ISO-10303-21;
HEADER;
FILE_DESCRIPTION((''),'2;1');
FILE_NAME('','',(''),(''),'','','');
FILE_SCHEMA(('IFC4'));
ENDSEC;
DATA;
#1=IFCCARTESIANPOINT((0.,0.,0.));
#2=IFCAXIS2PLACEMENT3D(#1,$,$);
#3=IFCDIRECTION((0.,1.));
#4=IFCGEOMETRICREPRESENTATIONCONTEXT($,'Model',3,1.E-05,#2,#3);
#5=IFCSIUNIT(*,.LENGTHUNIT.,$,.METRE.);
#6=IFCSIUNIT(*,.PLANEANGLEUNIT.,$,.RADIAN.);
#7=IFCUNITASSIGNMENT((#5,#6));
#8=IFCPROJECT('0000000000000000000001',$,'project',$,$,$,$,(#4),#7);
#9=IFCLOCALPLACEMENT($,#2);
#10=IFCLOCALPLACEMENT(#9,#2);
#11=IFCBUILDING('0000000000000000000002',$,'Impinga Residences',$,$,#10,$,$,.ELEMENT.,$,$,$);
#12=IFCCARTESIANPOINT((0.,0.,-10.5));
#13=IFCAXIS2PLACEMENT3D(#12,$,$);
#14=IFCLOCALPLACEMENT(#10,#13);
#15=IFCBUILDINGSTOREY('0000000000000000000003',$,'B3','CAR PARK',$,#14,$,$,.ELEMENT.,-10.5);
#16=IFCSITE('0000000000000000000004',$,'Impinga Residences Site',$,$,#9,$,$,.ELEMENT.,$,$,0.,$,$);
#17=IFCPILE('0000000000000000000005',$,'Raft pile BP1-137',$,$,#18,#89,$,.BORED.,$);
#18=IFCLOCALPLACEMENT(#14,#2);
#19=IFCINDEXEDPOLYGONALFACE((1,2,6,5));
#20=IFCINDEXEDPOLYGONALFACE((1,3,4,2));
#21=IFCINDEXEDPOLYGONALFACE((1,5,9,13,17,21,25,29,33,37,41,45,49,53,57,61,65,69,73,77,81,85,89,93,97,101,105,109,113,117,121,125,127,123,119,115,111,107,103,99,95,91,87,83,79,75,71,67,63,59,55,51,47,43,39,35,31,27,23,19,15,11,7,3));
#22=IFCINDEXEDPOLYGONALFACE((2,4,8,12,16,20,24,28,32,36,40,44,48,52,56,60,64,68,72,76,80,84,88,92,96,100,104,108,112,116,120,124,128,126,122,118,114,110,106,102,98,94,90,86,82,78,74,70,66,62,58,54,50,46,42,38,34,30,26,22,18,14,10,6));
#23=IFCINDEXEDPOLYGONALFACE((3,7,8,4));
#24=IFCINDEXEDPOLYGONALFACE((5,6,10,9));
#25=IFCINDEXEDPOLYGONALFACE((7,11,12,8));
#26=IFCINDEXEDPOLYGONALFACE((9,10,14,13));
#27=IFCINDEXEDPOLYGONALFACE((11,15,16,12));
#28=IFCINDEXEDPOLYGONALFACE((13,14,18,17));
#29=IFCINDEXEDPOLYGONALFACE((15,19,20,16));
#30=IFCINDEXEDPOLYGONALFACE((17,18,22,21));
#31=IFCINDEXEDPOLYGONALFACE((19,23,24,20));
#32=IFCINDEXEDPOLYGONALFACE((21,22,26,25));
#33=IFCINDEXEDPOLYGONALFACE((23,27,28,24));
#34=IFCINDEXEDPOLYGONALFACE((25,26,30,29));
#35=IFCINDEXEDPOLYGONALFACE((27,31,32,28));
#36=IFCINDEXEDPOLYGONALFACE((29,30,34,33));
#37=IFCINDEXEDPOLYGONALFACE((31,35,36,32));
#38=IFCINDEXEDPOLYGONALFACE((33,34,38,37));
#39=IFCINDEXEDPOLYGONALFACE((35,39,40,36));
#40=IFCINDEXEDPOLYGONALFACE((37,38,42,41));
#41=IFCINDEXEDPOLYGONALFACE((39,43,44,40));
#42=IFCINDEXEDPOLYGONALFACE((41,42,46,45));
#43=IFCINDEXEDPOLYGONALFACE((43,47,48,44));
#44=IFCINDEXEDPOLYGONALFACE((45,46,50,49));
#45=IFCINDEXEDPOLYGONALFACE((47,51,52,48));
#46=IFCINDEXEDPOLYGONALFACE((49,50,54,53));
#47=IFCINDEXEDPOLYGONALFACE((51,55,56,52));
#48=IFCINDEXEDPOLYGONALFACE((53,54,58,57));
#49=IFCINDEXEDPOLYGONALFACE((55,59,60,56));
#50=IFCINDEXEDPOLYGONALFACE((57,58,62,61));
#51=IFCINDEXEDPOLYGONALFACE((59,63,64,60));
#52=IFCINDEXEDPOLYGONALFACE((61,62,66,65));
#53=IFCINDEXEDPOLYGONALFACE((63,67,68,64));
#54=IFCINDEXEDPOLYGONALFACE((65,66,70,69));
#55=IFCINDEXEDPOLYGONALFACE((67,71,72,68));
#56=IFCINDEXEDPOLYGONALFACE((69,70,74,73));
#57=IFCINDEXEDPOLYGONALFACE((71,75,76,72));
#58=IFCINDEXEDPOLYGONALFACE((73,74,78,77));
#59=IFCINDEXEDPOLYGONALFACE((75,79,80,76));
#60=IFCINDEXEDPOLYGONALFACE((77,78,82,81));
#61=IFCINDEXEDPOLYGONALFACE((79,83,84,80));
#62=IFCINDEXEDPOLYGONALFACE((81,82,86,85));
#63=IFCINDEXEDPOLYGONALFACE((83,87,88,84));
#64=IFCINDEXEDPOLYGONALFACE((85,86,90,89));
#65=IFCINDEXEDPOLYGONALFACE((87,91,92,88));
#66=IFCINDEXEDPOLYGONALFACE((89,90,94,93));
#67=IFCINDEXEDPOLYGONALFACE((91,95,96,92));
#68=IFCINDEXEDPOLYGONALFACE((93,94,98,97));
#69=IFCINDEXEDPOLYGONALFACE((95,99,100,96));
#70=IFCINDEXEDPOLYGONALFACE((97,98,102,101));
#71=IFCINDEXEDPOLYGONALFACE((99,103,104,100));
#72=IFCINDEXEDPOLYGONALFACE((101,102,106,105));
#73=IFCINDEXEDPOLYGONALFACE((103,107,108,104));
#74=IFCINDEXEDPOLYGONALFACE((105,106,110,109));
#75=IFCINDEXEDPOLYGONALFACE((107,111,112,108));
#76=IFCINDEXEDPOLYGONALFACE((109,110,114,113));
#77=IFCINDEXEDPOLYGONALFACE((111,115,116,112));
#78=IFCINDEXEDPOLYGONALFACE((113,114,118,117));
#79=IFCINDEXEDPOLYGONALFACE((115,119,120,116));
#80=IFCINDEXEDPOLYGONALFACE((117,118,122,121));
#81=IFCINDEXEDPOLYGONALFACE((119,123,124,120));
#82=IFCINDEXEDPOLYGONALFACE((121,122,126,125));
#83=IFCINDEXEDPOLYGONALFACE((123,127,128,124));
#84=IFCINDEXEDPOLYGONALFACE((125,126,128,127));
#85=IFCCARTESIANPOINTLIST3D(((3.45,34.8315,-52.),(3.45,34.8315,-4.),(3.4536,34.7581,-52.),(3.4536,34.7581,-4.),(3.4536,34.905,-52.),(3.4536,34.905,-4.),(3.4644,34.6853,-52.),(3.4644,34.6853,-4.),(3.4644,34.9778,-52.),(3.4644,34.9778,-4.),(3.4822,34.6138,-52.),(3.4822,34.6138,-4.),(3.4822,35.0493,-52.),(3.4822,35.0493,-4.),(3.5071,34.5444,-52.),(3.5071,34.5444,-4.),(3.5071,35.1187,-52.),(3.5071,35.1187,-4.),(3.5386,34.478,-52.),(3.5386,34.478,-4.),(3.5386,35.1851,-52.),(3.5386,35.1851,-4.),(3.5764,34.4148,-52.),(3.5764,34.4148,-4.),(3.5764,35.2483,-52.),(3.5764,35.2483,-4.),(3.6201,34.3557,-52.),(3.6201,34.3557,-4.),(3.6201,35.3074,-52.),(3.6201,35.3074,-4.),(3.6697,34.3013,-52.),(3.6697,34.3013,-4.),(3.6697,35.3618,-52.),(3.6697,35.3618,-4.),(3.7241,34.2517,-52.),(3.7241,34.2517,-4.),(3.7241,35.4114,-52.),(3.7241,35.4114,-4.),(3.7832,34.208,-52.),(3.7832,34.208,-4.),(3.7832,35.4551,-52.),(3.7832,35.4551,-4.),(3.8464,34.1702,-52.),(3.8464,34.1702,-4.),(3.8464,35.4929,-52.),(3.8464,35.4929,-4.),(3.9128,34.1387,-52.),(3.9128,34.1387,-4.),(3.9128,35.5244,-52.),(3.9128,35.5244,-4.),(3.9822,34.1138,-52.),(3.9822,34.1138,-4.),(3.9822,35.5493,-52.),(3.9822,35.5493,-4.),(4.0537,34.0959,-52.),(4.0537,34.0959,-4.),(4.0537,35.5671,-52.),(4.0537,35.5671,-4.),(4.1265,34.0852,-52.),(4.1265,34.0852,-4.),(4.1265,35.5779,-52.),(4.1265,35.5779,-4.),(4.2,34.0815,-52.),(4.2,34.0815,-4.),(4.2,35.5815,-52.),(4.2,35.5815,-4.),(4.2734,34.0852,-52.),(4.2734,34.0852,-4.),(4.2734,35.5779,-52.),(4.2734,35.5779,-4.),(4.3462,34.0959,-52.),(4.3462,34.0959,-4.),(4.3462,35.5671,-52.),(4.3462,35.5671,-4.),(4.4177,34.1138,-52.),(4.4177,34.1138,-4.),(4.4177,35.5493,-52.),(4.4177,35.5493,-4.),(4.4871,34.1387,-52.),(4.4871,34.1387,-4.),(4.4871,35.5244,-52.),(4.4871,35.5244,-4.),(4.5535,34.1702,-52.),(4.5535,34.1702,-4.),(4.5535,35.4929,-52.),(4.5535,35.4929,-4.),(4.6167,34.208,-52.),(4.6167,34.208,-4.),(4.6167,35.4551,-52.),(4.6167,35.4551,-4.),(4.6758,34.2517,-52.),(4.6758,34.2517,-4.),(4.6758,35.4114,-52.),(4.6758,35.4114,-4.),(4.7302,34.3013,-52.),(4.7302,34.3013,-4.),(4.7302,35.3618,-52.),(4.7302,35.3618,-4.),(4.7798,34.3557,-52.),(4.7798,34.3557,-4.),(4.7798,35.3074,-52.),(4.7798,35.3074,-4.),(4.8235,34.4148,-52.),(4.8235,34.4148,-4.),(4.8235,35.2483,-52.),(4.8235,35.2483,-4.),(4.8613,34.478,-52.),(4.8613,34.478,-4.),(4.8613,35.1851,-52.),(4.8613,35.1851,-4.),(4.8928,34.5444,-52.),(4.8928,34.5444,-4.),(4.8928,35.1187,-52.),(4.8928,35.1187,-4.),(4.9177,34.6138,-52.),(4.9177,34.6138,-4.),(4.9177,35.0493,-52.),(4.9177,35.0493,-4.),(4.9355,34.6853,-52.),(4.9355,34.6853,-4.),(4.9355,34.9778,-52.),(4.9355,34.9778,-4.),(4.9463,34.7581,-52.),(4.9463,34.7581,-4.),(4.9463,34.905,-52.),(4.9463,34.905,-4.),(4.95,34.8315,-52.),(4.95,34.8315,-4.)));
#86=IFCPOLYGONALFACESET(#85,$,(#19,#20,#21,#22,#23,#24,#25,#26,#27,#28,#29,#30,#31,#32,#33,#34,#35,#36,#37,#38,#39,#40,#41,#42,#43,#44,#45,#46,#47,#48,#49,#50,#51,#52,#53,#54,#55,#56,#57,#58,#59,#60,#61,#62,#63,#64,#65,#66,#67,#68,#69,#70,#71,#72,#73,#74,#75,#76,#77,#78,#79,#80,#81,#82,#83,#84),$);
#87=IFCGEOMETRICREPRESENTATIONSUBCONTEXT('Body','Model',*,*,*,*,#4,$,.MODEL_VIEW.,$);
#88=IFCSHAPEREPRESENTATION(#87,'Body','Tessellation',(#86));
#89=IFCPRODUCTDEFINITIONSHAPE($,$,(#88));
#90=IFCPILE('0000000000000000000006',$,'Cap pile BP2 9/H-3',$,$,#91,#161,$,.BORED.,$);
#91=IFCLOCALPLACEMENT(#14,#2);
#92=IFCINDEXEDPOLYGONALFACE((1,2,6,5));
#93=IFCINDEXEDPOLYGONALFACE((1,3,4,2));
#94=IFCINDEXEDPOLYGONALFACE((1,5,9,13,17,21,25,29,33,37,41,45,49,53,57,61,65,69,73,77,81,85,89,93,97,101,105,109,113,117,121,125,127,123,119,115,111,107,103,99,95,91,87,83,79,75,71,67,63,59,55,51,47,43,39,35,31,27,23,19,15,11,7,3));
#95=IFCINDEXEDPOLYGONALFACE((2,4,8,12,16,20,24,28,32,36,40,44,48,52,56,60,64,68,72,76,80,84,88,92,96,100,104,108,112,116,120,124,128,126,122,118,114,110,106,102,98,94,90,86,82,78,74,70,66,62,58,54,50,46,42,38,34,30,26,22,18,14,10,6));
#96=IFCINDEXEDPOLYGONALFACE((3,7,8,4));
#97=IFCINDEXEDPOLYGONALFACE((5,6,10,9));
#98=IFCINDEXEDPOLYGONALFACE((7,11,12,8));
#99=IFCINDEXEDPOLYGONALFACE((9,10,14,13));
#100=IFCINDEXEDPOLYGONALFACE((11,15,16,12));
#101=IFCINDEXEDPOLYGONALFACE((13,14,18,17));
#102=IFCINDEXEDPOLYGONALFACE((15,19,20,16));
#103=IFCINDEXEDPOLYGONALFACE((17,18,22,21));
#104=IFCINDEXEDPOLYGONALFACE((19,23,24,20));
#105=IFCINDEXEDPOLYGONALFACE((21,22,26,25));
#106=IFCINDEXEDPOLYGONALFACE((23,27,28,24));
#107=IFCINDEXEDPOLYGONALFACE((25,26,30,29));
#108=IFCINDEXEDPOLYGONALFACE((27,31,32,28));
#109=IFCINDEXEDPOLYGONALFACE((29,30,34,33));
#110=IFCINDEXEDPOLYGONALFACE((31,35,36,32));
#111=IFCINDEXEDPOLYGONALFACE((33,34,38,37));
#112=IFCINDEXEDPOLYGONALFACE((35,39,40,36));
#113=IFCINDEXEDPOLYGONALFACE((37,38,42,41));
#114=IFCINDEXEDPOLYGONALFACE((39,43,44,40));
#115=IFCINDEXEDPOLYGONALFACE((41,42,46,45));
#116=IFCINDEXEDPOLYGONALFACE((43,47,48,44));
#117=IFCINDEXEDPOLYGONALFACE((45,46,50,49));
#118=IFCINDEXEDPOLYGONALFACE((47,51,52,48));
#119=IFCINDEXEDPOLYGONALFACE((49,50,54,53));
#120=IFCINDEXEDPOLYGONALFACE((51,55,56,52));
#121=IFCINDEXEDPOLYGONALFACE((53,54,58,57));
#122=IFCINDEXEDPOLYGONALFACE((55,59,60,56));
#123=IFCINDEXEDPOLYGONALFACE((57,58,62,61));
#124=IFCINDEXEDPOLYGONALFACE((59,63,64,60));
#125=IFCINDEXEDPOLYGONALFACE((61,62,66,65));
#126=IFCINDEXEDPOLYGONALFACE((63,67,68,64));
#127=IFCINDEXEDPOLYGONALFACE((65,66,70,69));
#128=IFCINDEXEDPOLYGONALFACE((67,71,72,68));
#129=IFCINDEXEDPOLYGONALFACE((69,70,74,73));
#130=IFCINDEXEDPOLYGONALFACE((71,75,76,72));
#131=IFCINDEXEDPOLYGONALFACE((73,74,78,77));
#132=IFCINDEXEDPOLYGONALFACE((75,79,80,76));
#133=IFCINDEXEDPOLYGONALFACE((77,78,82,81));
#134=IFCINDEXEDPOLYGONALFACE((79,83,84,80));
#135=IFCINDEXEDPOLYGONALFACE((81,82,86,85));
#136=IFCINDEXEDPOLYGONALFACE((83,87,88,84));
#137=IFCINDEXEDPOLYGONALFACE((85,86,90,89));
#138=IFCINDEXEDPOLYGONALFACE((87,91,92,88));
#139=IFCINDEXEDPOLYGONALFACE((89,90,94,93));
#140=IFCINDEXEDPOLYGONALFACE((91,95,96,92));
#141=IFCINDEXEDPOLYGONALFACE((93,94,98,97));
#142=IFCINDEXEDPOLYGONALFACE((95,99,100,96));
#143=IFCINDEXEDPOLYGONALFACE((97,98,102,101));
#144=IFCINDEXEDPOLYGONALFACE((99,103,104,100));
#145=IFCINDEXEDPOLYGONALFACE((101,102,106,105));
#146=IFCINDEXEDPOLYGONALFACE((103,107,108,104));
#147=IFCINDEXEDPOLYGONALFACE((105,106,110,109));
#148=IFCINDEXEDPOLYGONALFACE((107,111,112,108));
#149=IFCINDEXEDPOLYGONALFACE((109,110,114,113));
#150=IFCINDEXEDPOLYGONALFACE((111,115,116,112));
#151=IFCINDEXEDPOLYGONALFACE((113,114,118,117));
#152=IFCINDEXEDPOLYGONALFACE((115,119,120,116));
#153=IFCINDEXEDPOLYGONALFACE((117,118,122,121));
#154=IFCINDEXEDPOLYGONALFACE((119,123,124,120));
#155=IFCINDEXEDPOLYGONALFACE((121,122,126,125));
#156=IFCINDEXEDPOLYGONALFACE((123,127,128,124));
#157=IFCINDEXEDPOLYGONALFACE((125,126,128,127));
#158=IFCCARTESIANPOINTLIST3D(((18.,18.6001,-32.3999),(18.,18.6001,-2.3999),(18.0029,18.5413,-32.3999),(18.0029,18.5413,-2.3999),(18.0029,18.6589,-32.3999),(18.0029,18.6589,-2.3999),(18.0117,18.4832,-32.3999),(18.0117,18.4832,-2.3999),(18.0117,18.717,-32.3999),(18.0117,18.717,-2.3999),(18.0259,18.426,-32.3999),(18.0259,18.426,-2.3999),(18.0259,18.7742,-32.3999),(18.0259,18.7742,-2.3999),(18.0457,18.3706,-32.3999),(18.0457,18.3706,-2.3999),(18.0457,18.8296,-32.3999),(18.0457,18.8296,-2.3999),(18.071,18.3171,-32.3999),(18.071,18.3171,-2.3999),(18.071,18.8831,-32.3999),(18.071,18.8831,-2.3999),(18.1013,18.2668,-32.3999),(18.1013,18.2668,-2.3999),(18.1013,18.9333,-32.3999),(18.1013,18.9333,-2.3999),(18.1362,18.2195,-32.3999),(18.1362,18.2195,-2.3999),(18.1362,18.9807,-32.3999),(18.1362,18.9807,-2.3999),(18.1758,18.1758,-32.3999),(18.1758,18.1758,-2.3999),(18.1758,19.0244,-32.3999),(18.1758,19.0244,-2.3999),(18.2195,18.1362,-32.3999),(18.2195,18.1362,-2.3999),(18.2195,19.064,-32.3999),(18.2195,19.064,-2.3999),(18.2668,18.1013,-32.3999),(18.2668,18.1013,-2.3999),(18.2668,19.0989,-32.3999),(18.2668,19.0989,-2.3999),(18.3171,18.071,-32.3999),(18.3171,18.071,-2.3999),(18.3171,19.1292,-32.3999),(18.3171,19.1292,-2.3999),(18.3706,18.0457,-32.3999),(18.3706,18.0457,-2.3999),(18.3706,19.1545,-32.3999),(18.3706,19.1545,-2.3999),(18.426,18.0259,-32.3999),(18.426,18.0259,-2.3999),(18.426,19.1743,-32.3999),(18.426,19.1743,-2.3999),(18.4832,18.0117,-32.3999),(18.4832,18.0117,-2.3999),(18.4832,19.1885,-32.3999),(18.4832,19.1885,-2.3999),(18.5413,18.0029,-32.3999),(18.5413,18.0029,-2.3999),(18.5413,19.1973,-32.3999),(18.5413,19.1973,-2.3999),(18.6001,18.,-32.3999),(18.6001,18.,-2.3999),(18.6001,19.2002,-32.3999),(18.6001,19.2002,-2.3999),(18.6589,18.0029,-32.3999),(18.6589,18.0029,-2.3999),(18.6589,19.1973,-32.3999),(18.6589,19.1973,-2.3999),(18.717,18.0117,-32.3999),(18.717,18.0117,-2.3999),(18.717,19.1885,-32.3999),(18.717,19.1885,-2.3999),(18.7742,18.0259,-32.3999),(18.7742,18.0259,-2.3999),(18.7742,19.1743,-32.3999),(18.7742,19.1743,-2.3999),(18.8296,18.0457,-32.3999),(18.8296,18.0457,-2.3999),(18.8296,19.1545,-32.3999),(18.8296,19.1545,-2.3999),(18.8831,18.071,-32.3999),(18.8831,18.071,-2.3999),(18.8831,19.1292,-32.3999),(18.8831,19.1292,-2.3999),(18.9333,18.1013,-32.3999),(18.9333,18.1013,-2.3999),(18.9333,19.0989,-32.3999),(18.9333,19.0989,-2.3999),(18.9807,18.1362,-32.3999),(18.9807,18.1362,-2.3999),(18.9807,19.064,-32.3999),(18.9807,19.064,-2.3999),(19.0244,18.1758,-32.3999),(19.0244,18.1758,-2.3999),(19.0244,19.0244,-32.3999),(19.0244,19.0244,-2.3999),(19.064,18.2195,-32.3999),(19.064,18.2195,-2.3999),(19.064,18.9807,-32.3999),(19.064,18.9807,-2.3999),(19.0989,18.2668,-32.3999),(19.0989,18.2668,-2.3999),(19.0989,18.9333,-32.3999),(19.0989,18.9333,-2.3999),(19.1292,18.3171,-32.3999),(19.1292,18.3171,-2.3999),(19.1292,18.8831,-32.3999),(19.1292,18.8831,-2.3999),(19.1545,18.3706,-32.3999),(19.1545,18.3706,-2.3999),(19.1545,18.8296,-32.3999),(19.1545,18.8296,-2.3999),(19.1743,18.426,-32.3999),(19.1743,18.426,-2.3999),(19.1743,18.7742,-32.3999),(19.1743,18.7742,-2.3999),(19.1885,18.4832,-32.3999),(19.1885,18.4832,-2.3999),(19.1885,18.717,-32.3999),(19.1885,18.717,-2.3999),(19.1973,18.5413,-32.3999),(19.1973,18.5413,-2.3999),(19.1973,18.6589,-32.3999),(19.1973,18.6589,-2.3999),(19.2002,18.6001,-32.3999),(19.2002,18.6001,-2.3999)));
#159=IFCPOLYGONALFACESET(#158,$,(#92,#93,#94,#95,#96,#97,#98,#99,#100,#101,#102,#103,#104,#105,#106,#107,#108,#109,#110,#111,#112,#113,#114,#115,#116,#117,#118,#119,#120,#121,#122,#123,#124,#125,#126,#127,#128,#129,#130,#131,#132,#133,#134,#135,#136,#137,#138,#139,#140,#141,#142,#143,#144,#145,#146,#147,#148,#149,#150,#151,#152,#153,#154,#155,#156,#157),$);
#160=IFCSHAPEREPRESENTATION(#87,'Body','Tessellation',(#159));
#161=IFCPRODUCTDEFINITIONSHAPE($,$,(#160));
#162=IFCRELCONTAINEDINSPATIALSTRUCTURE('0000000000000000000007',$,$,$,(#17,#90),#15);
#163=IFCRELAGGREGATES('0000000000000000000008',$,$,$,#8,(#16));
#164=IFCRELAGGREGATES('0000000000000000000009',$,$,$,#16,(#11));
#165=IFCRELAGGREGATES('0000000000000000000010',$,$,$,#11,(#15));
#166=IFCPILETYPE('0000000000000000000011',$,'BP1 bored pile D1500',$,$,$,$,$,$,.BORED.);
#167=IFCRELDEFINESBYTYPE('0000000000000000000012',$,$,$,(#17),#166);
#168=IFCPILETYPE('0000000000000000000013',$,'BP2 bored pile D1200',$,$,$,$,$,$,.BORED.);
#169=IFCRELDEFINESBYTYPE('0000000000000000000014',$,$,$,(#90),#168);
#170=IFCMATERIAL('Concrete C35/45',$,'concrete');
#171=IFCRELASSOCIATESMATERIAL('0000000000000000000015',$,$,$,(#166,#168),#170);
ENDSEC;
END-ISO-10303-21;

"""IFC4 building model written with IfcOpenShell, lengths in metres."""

from ifc_helpers import new_model, si_unit, direction, frame, origin, origin_2d, place, context, subcontext, project, spatial, polyline, circle, outline, extrude, material, material_profile, profile_set, type_object, element, save


model = new_model("IFC4")

# Units and contexts
model_context = context("Model", 3, precision=1e-05, world=origin(), true_north=direction((0.0, 1.0)))
body_context = subcontext(model_context, "Body", "Model", "MODEL_VIEW")
ifc_project = project(units=[si_unit("LENGTHUNIT", "METRE"), si_unit("PLANEANGLEUNIT", "RADIAN")], contexts=[model_context])

# Site, building, storey
site_placement = place(None, origin())
site = spatial("IfcSite", under=ifc_project, at=site_placement, Name="Impinga Residences Site", CompositionType="ELEMENT", RefElevation=0.0)
building_placement = place(site_placement, origin())
building = spatial("IfcBuilding", under=site, at=building_placement, Name="Impinga Residences", CompositionType="ELEMENT")
storey_placement = place(building_placement, frame((0.0, 0.0, -10.5)))
storey = spatial("IfcBuildingStorey", under=building, at=storey_placement, Name="B3", Description="CAR PARK", CompositionType="ELEMENT", Elevation=-10.5)

# Piles
ifc_material_1 = material(Name="Concrete C35/45", Category="concrete")
ifc_material_profile_1 = material_profile(ifc_material_1, circle(Radius=0.75, at=origin_2d()), Name="D1500")
ifc_profile_set_1 = profile_set([ifc_material_profile_1], Name="Concrete C35/45")
pile_type_1 = type_object("IfcPileType", Name="BP1 bored pile D1500", PredefinedType="BORED", material=ifc_profile_set_1)
pile_1_placement = place(storey_placement, frame((4.2, 34.8315, -4.0), z_axis=(0.0, 0.0, -1.0), x_axis=(1.0, 0.0, 0.0)))
element("IfcPile", 1, at=pile_1_placement, inside=storey, type_object=pile_type_1, Name="Raft pile BP1-137", PredefinedType="BORED", context=body_context, shape_type="SweptSolid", body=[
    extrude(outline(polyline([(0.75, 0.0), (0.7463, 0.0735), (0.7356, 0.1462), (0.7178, 0.2178), (0.6929, 0.2871), (0.6614, 0.3535), (0.6235, 0.4167), (0.5798, 0.4758), (0.5303, 0.5303), (0.4758, 0.5798), (0.4167, 0.6235), (0.3535, 0.6614), (0.2871, 0.6929), (0.2178, 0.7178), (0.1462, 0.7356), (0.0735, 0.7463), (0.0, 0.75), (-0.0735, 0.7463), (-0.1462, 0.7356), (-0.2178, 0.7178), (-0.2871, 0.6929), (-0.3535, 0.6614), (-0.4167, 0.6235), (-0.4758, 0.5798), (-0.5303, 0.5303), (-0.5798, 0.4758), (-0.6235, 0.4167), (-0.6614, 0.3535), (-0.6929, 0.2871), (-0.7178, 0.2178), (-0.7356, 0.1462), (-0.7463, 0.0735), (-0.75, 0.0), (-0.7463, -0.0735), (-0.7356, -0.1462), (-0.7178, -0.2178), (-0.6929, -0.2871), (-0.6614, -0.3535), (-0.6235, -0.4167), (-0.5798, -0.4758), (-0.5303, -0.5303), (-0.4758, -0.5798), (-0.4167, -0.6235), (-0.3535, -0.6614), (-0.2871, -0.6929), (-0.2178, -0.7178), (-0.1462, -0.7356), (-0.0735, -0.7463), (0.0, -0.75), (0.0735, -0.7463), (0.1462, -0.7356), (0.2178, -0.7178), (0.2871, -0.6929), (0.3535, -0.6614), (0.4167, -0.6235), (0.4758, -0.5798), (0.5303, -0.5303), (0.5798, -0.4758), (0.6235, -0.4167), (0.6614, -0.3535), (0.6929, -0.2871), (0.7178, -0.2178), (0.7356, -0.1462), (0.7463, -0.0735), (0.75, 0.0)])), origin(), (0.0, 0.0, 1.0), 48.0),
])
ifc_material_profile_2 = material_profile(ifc_material_1, circle(Radius=0.6001, at=origin_2d()), Name="D1200")
ifc_profile_set_2 = profile_set([ifc_material_profile_2], Name="Concrete C35/45")
pile_type_2 = type_object("IfcPileType", Name="BP2 bored pile D1200", PredefinedType="BORED", material=ifc_profile_set_2)
pile_2_placement = place(storey_placement, frame((18.6001, 18.6001, -2.3999), z_axis=(0.0, 0.0, -1.0), x_axis=(1.0, 0.0, 0.0)))
element("IfcPile", 2, at=pile_2_placement, inside=storey, type_object=pile_type_2, Name="Cap pile BP2 9/H-3", PredefinedType="BORED", context=body_context, shape_type="SweptSolid", body=[
    extrude(outline(polyline([(0.6001, 0.0), (0.5972, 0.0588), (0.5884, 0.1169), (0.5742, 0.1741), (0.5544, 0.2295), (0.5291, 0.283), (0.4988, 0.3333), (0.4639, 0.3806), (0.4243, 0.4243), (0.3806, 0.4639), (0.3333, 0.4988), (0.283, 0.5291), (0.2295, 0.5544), (0.1741, 0.5742), (0.1169, 0.5884), (0.0588, 0.5972), (0.0, 0.6001), (-0.0588, 0.5972), (-0.1169, 0.5884), (-0.1741, 0.5742), (-0.2295, 0.5544), (-0.283, 0.5291), (-0.3333, 0.4988), (-0.3806, 0.4639), (-0.4243, 0.4243), (-0.4639, 0.3806), (-0.4988, 0.3333), (-0.5291, 0.283), (-0.5544, 0.2295), (-0.5742, 0.1741), (-0.5884, 0.1169), (-0.5972, 0.0588), (-0.6001, 0.0), (-0.5972, -0.0588), (-0.5884, -0.1169), (-0.5742, -0.1741), (-0.5544, -0.2295), (-0.5291, -0.283), (-0.4988, -0.3333), (-0.4639, -0.3806), (-0.4243, -0.4243), (-0.3806, -0.4639), (-0.3333, -0.4988), (-0.283, -0.5291), (-0.2295, -0.5544), (-0.1741, -0.5742), (-0.1169, -0.5884), (-0.0588, -0.5972), (0.0, -0.6001), (0.0588, -0.5972), (0.1169, -0.5884), (0.1741, -0.5742), (0.2295, -0.5544), (0.283, -0.5291), (0.3333, -0.4988), (0.3806, -0.4639), (0.4243, -0.4243), (0.4639, -0.3806), (0.4988, -0.3333), (0.5291, -0.283), (0.5544, -0.2295), (0.5742, -0.1741), (0.5884, -0.1169), (0.5972, -0.0588), (0.6001, 0.0)])), origin(), (0.0, 0.0, 1.0), 30.0),
])

save(model, "model.ifc")
